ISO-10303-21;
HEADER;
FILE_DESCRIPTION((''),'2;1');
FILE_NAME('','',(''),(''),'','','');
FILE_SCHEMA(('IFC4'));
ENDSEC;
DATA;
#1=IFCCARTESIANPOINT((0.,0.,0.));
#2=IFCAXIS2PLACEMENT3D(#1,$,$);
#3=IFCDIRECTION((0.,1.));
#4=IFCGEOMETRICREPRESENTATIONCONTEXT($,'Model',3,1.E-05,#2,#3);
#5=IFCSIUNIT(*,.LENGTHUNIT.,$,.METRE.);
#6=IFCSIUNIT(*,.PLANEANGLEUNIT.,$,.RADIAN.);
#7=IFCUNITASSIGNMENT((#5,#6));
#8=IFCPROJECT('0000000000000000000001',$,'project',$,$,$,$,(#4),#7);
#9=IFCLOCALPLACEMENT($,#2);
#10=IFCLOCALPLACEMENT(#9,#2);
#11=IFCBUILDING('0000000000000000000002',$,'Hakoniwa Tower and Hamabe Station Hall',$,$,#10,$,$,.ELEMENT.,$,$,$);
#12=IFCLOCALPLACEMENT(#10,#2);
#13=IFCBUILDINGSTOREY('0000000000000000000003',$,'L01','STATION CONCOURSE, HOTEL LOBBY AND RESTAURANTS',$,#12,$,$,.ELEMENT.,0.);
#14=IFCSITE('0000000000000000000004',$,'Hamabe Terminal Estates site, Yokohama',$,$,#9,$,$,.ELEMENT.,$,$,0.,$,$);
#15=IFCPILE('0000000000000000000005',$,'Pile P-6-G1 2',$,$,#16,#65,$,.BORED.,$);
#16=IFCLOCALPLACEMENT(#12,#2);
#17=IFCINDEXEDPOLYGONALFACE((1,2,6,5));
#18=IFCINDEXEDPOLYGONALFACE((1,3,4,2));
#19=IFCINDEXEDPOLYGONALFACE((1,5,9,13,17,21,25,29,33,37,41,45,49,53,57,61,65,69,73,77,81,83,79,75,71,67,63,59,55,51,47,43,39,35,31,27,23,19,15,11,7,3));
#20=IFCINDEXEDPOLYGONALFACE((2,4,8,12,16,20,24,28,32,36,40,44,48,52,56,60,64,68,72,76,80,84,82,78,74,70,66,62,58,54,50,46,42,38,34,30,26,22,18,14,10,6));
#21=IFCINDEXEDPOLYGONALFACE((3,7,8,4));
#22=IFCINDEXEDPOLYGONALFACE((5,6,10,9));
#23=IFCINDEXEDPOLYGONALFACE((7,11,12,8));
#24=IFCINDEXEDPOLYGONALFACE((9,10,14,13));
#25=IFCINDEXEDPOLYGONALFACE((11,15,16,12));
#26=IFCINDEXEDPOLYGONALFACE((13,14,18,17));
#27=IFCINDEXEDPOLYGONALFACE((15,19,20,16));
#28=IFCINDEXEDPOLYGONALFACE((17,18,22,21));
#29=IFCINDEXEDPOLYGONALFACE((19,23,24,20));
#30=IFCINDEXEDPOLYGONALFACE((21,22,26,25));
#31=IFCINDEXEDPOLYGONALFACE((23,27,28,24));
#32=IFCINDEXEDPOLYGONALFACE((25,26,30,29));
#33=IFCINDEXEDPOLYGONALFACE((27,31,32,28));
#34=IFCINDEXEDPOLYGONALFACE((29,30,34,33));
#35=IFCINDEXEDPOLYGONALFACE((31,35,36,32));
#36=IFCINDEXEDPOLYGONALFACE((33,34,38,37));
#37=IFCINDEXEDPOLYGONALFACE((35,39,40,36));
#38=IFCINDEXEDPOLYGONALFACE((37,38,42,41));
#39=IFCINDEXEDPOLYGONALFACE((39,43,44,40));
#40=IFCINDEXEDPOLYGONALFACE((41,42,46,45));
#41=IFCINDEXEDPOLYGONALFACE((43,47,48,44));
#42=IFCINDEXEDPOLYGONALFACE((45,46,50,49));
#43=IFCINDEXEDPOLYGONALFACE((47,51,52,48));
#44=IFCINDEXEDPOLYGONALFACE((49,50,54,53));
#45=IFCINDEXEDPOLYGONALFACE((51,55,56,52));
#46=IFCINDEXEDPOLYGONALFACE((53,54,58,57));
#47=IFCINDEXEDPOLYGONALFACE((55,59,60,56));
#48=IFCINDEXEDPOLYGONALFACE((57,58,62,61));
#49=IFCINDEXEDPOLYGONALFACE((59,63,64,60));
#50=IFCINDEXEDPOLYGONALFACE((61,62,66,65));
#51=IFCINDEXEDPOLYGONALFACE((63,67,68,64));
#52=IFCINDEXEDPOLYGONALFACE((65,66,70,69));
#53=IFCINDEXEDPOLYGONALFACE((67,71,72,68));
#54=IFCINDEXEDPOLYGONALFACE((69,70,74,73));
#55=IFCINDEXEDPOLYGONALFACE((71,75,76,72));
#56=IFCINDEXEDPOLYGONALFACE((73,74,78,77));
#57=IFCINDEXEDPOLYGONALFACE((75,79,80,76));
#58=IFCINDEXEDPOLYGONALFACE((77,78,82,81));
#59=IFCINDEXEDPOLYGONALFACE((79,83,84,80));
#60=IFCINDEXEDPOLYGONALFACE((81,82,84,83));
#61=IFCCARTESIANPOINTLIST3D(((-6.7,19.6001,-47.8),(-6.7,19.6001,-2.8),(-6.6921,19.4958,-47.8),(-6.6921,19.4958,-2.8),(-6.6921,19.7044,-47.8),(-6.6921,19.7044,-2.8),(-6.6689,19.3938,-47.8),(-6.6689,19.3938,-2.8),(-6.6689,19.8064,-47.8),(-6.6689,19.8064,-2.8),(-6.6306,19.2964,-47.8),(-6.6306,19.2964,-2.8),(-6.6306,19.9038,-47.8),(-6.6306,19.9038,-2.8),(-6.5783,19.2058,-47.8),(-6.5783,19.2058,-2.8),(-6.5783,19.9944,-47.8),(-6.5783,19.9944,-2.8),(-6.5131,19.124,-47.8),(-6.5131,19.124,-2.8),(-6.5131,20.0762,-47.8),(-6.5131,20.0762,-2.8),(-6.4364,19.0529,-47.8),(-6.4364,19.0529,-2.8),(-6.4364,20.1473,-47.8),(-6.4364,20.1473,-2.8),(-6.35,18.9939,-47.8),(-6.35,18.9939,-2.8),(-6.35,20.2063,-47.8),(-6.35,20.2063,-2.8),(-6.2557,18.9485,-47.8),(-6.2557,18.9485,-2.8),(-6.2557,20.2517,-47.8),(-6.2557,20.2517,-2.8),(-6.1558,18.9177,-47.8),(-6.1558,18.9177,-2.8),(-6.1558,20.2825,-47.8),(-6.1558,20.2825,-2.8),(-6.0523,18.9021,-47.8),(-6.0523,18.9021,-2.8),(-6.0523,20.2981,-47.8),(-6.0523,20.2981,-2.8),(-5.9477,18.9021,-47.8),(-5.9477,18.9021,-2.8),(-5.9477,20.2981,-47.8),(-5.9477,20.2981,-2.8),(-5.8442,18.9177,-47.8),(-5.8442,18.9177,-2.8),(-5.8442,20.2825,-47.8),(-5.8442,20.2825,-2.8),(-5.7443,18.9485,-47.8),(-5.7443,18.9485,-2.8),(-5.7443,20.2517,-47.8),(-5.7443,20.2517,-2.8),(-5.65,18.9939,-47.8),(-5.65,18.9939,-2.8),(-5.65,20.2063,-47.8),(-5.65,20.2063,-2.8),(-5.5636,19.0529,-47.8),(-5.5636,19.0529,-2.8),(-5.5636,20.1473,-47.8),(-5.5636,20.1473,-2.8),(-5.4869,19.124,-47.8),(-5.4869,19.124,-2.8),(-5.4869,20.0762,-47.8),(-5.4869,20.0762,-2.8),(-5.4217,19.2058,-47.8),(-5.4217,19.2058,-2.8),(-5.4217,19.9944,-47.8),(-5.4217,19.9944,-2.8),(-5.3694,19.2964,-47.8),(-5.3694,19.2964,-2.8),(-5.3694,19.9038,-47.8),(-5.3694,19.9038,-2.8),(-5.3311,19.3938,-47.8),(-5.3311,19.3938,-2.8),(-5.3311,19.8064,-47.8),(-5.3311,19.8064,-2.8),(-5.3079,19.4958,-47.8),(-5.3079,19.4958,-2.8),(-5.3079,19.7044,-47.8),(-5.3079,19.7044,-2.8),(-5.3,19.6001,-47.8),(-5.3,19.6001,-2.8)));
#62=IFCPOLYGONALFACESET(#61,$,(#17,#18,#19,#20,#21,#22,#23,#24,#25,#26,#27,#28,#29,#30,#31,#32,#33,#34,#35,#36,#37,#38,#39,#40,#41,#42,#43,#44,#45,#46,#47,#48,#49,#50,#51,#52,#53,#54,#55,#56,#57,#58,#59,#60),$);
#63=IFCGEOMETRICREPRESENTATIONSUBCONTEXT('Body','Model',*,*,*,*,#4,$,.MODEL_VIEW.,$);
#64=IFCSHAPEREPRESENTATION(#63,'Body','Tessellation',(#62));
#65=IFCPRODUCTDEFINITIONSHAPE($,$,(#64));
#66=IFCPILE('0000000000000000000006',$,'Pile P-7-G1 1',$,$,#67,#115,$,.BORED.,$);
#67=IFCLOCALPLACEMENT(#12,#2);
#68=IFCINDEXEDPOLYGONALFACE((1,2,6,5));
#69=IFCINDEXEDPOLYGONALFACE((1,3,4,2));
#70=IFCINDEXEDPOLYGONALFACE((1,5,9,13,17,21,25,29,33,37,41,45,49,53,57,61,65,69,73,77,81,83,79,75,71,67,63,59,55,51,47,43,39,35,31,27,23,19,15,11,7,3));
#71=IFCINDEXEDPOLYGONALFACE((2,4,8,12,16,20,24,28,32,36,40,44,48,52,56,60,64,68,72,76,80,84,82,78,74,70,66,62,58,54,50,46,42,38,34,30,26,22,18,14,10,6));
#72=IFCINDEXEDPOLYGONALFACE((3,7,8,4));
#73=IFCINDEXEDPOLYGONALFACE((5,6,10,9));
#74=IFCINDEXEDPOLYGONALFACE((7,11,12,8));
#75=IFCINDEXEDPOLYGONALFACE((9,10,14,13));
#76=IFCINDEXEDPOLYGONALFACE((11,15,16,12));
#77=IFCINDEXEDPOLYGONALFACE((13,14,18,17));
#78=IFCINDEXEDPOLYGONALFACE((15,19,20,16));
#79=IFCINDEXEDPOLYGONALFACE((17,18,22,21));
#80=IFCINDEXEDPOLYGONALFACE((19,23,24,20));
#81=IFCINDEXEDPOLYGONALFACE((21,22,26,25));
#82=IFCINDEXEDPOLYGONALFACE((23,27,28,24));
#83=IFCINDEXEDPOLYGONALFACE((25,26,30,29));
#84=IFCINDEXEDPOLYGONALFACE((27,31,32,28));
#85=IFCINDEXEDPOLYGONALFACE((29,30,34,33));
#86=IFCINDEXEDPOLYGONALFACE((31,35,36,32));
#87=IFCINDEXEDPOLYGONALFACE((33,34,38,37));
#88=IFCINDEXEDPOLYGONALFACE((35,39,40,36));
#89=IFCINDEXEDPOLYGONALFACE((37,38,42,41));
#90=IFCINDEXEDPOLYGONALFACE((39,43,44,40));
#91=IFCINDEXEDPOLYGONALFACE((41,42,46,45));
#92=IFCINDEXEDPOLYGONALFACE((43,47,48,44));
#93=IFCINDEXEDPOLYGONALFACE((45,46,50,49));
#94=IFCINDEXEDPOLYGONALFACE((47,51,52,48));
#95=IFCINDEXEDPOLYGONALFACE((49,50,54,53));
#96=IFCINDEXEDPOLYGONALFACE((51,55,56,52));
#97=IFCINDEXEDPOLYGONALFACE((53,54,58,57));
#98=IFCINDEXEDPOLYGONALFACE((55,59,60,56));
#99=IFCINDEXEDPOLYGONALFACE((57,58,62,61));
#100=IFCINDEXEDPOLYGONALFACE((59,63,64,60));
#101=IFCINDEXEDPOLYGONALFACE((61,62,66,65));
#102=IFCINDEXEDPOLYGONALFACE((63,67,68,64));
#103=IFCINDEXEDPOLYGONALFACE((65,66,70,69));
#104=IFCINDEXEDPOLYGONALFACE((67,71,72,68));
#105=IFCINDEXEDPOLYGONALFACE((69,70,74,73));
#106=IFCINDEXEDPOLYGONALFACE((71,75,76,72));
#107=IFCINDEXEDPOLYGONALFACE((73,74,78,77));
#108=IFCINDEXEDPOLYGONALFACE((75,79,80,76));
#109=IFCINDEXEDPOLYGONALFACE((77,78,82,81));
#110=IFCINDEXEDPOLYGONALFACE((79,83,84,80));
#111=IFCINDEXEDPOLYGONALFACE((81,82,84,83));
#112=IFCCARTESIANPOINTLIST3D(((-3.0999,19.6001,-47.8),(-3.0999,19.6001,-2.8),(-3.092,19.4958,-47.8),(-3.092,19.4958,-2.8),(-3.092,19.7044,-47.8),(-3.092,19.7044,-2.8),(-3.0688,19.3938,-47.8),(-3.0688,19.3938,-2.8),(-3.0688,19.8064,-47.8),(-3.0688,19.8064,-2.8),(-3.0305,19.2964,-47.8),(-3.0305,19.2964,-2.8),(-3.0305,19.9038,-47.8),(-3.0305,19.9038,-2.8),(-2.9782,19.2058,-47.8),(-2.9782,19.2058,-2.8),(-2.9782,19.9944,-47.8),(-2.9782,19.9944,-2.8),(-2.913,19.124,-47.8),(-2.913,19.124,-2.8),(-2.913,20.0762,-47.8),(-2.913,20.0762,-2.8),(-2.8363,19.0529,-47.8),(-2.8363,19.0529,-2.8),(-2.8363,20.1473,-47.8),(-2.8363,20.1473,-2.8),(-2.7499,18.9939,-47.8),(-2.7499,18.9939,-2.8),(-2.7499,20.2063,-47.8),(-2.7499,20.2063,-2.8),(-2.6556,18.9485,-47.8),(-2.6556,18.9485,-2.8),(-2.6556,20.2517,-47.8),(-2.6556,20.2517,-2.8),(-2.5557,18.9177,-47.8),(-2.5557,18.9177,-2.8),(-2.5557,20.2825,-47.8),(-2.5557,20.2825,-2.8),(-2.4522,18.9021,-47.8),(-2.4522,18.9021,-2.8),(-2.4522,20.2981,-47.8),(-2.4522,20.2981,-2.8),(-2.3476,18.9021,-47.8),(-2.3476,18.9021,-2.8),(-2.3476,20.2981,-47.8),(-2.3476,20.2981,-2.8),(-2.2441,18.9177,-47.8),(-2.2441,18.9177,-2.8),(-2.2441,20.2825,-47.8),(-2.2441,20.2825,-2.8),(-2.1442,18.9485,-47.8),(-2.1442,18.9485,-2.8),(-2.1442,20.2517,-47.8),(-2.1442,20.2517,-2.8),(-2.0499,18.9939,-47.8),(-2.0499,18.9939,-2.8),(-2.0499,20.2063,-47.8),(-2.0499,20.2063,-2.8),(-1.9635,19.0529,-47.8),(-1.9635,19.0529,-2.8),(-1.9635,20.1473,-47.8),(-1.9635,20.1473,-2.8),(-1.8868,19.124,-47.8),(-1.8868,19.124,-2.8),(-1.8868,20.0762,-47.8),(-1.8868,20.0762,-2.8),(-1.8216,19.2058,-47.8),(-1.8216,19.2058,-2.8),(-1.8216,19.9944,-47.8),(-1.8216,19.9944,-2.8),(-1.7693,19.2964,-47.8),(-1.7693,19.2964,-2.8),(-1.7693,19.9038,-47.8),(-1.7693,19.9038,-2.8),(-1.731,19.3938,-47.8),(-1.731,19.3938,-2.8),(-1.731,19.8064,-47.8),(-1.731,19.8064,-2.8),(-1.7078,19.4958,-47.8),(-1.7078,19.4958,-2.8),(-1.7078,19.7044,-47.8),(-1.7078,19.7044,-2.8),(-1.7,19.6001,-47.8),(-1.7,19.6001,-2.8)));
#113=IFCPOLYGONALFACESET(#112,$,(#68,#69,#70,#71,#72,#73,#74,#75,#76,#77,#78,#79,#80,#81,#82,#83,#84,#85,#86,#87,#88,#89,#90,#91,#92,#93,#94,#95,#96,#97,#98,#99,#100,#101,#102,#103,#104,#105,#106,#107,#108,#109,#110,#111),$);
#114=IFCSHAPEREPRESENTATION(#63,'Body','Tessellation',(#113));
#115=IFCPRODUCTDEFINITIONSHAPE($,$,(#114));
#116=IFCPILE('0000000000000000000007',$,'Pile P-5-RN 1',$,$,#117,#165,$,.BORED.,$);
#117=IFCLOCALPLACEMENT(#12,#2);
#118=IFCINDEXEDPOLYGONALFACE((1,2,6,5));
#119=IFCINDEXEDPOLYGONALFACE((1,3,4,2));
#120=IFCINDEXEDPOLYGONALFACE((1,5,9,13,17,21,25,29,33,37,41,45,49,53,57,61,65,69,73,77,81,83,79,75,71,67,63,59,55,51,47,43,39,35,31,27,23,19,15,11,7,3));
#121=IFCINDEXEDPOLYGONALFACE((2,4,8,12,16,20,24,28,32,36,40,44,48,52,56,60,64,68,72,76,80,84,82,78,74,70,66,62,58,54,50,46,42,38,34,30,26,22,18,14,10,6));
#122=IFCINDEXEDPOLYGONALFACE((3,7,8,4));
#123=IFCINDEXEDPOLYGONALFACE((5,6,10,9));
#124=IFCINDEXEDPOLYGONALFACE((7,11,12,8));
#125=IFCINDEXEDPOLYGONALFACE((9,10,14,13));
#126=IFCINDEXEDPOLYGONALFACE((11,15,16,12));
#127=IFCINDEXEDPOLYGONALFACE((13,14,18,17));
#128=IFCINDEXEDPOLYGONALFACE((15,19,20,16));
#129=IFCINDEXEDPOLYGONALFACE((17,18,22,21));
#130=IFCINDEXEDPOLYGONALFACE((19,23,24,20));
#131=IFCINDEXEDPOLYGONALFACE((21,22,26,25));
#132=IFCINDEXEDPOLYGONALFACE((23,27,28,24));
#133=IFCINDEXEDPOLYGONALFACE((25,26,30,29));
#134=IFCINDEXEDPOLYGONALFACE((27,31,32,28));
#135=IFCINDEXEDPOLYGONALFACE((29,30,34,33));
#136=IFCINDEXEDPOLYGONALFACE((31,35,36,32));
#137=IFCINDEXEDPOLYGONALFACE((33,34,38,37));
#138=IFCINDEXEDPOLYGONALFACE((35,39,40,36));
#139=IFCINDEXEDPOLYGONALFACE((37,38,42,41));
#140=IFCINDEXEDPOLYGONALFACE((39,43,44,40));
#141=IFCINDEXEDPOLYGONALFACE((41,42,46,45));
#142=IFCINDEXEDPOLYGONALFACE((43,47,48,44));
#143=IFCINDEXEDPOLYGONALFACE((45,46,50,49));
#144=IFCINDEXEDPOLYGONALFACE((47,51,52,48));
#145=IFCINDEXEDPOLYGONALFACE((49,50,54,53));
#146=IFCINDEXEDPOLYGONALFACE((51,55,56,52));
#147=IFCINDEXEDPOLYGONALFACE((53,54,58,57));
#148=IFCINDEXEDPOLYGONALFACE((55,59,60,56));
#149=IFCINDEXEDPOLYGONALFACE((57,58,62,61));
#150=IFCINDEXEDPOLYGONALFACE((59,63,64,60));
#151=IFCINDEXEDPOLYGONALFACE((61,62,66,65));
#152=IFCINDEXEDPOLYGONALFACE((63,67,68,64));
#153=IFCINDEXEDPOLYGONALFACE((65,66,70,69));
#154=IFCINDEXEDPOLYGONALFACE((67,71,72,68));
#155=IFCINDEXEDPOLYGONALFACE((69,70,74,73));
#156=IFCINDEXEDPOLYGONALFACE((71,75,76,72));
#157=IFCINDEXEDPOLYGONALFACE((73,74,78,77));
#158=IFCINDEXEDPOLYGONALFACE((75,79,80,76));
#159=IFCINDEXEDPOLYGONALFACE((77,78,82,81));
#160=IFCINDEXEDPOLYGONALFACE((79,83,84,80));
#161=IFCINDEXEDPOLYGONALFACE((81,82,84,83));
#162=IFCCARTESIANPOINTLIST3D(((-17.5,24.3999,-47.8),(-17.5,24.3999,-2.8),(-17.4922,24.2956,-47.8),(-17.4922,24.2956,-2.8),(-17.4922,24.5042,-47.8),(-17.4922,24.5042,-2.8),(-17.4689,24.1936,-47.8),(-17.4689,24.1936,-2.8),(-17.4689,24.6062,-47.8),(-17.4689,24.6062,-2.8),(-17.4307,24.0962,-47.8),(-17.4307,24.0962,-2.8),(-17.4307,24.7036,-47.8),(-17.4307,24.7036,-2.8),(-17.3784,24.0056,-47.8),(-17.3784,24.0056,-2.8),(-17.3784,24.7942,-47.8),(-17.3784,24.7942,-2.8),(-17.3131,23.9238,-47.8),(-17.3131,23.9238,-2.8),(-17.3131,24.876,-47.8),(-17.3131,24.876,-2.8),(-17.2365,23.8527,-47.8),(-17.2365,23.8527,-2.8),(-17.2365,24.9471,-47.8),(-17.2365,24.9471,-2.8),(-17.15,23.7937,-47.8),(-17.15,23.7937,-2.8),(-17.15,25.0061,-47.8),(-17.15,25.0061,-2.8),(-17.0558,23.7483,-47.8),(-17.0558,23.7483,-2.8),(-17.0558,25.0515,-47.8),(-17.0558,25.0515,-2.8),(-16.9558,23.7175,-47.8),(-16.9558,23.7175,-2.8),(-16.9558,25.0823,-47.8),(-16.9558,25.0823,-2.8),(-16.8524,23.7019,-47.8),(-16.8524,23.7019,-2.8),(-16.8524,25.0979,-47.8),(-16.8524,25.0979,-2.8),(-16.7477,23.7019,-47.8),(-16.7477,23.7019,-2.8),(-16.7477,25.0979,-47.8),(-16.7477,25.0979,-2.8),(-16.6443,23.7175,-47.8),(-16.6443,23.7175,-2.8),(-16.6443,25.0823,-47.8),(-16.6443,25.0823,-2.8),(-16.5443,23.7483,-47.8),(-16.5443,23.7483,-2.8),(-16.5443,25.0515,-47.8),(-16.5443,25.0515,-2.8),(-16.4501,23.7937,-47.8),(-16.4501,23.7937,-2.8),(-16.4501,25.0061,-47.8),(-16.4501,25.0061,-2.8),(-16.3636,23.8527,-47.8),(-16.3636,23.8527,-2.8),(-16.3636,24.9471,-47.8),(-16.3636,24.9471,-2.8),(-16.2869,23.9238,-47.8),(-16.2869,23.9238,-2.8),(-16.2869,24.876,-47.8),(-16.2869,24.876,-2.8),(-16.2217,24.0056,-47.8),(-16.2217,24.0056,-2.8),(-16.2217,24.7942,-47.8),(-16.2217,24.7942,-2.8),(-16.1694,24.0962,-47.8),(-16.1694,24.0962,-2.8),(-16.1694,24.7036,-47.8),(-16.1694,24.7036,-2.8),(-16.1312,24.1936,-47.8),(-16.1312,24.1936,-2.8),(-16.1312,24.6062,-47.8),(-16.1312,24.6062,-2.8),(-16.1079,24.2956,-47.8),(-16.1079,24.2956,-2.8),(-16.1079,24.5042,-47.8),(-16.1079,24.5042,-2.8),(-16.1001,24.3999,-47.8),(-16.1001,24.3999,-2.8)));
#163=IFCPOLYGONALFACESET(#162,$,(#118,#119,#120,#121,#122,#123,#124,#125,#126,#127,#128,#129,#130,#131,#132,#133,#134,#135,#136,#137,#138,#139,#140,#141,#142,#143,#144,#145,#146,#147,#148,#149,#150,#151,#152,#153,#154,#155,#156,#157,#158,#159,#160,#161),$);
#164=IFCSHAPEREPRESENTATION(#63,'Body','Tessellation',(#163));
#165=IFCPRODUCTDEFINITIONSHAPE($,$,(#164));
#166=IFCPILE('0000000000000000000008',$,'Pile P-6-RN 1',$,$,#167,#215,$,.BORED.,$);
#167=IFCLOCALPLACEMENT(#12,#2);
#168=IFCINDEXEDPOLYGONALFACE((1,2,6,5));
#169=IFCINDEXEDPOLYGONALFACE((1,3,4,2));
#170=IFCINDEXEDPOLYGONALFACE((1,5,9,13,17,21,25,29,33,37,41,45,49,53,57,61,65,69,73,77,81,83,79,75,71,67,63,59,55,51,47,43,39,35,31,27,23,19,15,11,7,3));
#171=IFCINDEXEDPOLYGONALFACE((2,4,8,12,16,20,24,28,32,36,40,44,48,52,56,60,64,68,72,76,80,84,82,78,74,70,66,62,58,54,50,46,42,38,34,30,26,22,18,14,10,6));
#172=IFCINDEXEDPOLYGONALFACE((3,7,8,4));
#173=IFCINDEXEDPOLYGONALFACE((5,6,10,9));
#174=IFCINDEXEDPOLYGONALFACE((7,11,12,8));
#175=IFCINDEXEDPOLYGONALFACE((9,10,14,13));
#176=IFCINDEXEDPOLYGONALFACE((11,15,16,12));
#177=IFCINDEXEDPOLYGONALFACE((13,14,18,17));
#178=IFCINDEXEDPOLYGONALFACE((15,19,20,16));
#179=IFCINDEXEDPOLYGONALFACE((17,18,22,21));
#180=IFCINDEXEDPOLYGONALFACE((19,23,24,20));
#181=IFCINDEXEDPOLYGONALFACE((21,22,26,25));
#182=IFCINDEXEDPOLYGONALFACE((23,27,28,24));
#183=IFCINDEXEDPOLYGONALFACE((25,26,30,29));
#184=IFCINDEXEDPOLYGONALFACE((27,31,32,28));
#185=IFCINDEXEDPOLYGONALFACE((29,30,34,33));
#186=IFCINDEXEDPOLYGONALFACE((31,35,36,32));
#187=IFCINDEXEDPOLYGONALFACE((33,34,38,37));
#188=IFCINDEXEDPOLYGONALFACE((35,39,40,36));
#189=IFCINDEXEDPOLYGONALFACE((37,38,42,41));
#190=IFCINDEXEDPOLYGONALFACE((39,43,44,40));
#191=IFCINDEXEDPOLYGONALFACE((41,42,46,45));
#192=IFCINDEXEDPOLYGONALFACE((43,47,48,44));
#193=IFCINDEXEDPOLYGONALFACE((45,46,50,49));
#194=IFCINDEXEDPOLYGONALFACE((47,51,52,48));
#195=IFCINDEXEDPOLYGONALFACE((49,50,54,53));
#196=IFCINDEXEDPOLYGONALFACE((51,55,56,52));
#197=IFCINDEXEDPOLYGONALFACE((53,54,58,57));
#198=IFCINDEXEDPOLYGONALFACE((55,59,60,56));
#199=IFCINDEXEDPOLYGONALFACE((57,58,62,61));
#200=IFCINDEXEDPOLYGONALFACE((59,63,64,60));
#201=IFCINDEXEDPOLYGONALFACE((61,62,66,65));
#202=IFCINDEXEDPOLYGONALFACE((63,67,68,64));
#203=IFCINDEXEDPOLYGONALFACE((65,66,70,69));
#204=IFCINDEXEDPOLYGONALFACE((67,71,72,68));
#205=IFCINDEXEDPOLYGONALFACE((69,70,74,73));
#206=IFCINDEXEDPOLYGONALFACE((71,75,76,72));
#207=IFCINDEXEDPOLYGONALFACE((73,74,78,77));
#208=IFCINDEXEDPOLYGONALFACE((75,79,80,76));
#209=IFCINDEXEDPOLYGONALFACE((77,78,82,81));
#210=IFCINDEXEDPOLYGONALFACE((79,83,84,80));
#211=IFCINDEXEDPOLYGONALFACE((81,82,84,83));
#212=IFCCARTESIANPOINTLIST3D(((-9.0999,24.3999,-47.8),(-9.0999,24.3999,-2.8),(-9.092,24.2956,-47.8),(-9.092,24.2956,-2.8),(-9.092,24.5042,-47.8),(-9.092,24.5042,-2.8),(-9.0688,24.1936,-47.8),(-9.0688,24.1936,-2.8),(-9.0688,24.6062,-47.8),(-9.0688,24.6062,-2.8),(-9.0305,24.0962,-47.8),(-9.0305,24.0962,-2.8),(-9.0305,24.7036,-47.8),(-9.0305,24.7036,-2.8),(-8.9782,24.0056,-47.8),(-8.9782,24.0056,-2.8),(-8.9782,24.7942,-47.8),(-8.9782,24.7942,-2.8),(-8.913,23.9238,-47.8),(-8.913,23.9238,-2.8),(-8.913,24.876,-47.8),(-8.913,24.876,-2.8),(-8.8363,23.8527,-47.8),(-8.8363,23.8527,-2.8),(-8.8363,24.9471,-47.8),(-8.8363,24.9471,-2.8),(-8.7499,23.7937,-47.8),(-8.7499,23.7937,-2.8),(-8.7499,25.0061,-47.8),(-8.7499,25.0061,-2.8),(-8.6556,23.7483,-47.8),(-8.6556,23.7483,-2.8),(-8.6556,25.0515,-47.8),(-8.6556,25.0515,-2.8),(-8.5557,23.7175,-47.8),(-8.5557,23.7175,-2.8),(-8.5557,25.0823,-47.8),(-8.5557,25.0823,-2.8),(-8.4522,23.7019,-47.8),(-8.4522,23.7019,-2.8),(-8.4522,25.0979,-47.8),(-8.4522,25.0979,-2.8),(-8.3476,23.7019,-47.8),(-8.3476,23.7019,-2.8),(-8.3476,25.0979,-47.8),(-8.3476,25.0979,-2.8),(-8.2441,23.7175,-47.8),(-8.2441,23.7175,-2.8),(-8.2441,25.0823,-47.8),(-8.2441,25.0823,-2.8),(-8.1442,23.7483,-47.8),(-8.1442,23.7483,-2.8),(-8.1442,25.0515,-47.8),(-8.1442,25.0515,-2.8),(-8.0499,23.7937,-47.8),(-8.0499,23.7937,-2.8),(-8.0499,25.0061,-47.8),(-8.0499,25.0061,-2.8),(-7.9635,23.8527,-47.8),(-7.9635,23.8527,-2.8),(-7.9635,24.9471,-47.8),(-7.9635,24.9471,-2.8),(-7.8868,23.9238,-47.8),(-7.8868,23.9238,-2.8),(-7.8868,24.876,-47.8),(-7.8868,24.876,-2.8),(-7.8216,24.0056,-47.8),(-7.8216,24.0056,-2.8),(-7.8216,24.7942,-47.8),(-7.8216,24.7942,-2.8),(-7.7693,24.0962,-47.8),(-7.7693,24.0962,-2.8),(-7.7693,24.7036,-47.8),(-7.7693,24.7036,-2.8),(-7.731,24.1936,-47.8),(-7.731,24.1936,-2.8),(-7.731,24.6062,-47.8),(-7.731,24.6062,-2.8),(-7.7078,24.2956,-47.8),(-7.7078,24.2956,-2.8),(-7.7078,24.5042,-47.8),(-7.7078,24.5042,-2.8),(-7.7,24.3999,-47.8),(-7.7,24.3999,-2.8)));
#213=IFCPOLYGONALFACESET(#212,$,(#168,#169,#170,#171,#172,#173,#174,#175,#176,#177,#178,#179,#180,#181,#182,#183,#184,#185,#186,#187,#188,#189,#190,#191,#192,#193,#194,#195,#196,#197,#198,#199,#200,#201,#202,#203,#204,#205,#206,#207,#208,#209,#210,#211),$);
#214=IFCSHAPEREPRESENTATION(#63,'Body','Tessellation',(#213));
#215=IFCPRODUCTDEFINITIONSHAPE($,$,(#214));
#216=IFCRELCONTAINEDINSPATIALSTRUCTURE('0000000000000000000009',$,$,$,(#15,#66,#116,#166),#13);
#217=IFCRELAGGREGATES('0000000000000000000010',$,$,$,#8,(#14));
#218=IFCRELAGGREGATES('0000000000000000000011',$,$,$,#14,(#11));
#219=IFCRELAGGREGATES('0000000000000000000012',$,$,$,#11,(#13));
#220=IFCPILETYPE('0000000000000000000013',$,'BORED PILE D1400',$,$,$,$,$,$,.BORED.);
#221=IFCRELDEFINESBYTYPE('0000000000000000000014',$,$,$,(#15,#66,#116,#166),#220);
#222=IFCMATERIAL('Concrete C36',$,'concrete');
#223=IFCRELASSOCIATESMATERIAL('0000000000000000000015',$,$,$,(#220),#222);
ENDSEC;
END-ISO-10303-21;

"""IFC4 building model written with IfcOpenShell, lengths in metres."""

from ifc_helpers import new_model, si_unit, direction, frame, origin, origin_2d, place, context, subcontext, project, spatial, circle, extrude, material, material_profile, profile_set, type_object, element, save


model = new_model("IFC4")

# Units and contexts
model_context = context("Model", 3, precision=1e-05, world=origin(), true_north=direction((0.0, 1.0)))
body_context = subcontext(model_context, "Body", "Model", "MODEL_VIEW")
ifc_project = project(units=[si_unit("LENGTHUNIT", "METRE"), si_unit("PLANEANGLEUNIT", "RADIAN")], contexts=[model_context])

# Site, building, storey
site_placement = place(None, origin())
site = spatial("IfcSite", under=ifc_project, at=site_placement, Name="Hamabe Terminal Estates site, Yokohama", CompositionType="ELEMENT", RefElevation=0.0)
building_placement = place(site_placement, origin())
building = spatial("IfcBuilding", under=site, at=building_placement, Name="Hakoniwa Tower and Hamabe Station Hall", CompositionType="ELEMENT")
storey_placement = place(building_placement, origin())
storey = spatial("IfcBuildingStorey", under=building, at=storey_placement, Name="L01", Description="STATION CONCOURSE, HOTEL LOBBY AND RESTAURANTS", CompositionType="ELEMENT", Elevation=0.0)

# Piles
ifc_material_1 = material(Name="Concrete C36", Category="concrete")
ifc_material_profile_1 = material_profile(ifc_material_1, circle(Radius=0.7, at=origin_2d()), Name="BORED PILE D1400")
ifc_profile_set_1 = profile_set([ifc_material_profile_1], Name="Concrete C36")
pile_type = type_object("IfcPileType", Name="BORED PILE D1400", PredefinedType="BORED", material=ifc_profile_set_1)
for number, where, z_axis, x_axis, name in (
    (1, (-6.0, 19.6001, -2.8), (0.0, 0.0, -1.0), (1.0, 0.0, 0.0), "Pile P-6-G1 2"),
    (2, (-2.3999, 19.6001, -2.8), (0.0, 0.0, -1.0), (1.0, 0.0, 0.0), "Pile P-7-G1 1"),
    (3, (-16.8, 24.3999, -2.8), (0.0, 0.0, -1.0), (1.0, 0.0, 0.0), "Pile P-5-RN 1"),
    (4, (-8.3999, 24.3999, -2.8), (0.0, 0.0, -1.0), (1.0, 0.0, 0.0), "Pile P-6-RN 1"),
):
    element("IfcPile", number, at=place(storey_placement, frame(where, z_axis=z_axis, x_axis=x_axis)), inside=storey, type_object=pile_type, Name=name, PredefinedType="BORED", context=body_context, shape_type="SweptSolid", body=[
        extrude(circle(Radius=0.7, at=origin_2d()), origin(), (0.0, 0.0, 1.0), 45.0),
    ])

save(model, "model.ifc")
